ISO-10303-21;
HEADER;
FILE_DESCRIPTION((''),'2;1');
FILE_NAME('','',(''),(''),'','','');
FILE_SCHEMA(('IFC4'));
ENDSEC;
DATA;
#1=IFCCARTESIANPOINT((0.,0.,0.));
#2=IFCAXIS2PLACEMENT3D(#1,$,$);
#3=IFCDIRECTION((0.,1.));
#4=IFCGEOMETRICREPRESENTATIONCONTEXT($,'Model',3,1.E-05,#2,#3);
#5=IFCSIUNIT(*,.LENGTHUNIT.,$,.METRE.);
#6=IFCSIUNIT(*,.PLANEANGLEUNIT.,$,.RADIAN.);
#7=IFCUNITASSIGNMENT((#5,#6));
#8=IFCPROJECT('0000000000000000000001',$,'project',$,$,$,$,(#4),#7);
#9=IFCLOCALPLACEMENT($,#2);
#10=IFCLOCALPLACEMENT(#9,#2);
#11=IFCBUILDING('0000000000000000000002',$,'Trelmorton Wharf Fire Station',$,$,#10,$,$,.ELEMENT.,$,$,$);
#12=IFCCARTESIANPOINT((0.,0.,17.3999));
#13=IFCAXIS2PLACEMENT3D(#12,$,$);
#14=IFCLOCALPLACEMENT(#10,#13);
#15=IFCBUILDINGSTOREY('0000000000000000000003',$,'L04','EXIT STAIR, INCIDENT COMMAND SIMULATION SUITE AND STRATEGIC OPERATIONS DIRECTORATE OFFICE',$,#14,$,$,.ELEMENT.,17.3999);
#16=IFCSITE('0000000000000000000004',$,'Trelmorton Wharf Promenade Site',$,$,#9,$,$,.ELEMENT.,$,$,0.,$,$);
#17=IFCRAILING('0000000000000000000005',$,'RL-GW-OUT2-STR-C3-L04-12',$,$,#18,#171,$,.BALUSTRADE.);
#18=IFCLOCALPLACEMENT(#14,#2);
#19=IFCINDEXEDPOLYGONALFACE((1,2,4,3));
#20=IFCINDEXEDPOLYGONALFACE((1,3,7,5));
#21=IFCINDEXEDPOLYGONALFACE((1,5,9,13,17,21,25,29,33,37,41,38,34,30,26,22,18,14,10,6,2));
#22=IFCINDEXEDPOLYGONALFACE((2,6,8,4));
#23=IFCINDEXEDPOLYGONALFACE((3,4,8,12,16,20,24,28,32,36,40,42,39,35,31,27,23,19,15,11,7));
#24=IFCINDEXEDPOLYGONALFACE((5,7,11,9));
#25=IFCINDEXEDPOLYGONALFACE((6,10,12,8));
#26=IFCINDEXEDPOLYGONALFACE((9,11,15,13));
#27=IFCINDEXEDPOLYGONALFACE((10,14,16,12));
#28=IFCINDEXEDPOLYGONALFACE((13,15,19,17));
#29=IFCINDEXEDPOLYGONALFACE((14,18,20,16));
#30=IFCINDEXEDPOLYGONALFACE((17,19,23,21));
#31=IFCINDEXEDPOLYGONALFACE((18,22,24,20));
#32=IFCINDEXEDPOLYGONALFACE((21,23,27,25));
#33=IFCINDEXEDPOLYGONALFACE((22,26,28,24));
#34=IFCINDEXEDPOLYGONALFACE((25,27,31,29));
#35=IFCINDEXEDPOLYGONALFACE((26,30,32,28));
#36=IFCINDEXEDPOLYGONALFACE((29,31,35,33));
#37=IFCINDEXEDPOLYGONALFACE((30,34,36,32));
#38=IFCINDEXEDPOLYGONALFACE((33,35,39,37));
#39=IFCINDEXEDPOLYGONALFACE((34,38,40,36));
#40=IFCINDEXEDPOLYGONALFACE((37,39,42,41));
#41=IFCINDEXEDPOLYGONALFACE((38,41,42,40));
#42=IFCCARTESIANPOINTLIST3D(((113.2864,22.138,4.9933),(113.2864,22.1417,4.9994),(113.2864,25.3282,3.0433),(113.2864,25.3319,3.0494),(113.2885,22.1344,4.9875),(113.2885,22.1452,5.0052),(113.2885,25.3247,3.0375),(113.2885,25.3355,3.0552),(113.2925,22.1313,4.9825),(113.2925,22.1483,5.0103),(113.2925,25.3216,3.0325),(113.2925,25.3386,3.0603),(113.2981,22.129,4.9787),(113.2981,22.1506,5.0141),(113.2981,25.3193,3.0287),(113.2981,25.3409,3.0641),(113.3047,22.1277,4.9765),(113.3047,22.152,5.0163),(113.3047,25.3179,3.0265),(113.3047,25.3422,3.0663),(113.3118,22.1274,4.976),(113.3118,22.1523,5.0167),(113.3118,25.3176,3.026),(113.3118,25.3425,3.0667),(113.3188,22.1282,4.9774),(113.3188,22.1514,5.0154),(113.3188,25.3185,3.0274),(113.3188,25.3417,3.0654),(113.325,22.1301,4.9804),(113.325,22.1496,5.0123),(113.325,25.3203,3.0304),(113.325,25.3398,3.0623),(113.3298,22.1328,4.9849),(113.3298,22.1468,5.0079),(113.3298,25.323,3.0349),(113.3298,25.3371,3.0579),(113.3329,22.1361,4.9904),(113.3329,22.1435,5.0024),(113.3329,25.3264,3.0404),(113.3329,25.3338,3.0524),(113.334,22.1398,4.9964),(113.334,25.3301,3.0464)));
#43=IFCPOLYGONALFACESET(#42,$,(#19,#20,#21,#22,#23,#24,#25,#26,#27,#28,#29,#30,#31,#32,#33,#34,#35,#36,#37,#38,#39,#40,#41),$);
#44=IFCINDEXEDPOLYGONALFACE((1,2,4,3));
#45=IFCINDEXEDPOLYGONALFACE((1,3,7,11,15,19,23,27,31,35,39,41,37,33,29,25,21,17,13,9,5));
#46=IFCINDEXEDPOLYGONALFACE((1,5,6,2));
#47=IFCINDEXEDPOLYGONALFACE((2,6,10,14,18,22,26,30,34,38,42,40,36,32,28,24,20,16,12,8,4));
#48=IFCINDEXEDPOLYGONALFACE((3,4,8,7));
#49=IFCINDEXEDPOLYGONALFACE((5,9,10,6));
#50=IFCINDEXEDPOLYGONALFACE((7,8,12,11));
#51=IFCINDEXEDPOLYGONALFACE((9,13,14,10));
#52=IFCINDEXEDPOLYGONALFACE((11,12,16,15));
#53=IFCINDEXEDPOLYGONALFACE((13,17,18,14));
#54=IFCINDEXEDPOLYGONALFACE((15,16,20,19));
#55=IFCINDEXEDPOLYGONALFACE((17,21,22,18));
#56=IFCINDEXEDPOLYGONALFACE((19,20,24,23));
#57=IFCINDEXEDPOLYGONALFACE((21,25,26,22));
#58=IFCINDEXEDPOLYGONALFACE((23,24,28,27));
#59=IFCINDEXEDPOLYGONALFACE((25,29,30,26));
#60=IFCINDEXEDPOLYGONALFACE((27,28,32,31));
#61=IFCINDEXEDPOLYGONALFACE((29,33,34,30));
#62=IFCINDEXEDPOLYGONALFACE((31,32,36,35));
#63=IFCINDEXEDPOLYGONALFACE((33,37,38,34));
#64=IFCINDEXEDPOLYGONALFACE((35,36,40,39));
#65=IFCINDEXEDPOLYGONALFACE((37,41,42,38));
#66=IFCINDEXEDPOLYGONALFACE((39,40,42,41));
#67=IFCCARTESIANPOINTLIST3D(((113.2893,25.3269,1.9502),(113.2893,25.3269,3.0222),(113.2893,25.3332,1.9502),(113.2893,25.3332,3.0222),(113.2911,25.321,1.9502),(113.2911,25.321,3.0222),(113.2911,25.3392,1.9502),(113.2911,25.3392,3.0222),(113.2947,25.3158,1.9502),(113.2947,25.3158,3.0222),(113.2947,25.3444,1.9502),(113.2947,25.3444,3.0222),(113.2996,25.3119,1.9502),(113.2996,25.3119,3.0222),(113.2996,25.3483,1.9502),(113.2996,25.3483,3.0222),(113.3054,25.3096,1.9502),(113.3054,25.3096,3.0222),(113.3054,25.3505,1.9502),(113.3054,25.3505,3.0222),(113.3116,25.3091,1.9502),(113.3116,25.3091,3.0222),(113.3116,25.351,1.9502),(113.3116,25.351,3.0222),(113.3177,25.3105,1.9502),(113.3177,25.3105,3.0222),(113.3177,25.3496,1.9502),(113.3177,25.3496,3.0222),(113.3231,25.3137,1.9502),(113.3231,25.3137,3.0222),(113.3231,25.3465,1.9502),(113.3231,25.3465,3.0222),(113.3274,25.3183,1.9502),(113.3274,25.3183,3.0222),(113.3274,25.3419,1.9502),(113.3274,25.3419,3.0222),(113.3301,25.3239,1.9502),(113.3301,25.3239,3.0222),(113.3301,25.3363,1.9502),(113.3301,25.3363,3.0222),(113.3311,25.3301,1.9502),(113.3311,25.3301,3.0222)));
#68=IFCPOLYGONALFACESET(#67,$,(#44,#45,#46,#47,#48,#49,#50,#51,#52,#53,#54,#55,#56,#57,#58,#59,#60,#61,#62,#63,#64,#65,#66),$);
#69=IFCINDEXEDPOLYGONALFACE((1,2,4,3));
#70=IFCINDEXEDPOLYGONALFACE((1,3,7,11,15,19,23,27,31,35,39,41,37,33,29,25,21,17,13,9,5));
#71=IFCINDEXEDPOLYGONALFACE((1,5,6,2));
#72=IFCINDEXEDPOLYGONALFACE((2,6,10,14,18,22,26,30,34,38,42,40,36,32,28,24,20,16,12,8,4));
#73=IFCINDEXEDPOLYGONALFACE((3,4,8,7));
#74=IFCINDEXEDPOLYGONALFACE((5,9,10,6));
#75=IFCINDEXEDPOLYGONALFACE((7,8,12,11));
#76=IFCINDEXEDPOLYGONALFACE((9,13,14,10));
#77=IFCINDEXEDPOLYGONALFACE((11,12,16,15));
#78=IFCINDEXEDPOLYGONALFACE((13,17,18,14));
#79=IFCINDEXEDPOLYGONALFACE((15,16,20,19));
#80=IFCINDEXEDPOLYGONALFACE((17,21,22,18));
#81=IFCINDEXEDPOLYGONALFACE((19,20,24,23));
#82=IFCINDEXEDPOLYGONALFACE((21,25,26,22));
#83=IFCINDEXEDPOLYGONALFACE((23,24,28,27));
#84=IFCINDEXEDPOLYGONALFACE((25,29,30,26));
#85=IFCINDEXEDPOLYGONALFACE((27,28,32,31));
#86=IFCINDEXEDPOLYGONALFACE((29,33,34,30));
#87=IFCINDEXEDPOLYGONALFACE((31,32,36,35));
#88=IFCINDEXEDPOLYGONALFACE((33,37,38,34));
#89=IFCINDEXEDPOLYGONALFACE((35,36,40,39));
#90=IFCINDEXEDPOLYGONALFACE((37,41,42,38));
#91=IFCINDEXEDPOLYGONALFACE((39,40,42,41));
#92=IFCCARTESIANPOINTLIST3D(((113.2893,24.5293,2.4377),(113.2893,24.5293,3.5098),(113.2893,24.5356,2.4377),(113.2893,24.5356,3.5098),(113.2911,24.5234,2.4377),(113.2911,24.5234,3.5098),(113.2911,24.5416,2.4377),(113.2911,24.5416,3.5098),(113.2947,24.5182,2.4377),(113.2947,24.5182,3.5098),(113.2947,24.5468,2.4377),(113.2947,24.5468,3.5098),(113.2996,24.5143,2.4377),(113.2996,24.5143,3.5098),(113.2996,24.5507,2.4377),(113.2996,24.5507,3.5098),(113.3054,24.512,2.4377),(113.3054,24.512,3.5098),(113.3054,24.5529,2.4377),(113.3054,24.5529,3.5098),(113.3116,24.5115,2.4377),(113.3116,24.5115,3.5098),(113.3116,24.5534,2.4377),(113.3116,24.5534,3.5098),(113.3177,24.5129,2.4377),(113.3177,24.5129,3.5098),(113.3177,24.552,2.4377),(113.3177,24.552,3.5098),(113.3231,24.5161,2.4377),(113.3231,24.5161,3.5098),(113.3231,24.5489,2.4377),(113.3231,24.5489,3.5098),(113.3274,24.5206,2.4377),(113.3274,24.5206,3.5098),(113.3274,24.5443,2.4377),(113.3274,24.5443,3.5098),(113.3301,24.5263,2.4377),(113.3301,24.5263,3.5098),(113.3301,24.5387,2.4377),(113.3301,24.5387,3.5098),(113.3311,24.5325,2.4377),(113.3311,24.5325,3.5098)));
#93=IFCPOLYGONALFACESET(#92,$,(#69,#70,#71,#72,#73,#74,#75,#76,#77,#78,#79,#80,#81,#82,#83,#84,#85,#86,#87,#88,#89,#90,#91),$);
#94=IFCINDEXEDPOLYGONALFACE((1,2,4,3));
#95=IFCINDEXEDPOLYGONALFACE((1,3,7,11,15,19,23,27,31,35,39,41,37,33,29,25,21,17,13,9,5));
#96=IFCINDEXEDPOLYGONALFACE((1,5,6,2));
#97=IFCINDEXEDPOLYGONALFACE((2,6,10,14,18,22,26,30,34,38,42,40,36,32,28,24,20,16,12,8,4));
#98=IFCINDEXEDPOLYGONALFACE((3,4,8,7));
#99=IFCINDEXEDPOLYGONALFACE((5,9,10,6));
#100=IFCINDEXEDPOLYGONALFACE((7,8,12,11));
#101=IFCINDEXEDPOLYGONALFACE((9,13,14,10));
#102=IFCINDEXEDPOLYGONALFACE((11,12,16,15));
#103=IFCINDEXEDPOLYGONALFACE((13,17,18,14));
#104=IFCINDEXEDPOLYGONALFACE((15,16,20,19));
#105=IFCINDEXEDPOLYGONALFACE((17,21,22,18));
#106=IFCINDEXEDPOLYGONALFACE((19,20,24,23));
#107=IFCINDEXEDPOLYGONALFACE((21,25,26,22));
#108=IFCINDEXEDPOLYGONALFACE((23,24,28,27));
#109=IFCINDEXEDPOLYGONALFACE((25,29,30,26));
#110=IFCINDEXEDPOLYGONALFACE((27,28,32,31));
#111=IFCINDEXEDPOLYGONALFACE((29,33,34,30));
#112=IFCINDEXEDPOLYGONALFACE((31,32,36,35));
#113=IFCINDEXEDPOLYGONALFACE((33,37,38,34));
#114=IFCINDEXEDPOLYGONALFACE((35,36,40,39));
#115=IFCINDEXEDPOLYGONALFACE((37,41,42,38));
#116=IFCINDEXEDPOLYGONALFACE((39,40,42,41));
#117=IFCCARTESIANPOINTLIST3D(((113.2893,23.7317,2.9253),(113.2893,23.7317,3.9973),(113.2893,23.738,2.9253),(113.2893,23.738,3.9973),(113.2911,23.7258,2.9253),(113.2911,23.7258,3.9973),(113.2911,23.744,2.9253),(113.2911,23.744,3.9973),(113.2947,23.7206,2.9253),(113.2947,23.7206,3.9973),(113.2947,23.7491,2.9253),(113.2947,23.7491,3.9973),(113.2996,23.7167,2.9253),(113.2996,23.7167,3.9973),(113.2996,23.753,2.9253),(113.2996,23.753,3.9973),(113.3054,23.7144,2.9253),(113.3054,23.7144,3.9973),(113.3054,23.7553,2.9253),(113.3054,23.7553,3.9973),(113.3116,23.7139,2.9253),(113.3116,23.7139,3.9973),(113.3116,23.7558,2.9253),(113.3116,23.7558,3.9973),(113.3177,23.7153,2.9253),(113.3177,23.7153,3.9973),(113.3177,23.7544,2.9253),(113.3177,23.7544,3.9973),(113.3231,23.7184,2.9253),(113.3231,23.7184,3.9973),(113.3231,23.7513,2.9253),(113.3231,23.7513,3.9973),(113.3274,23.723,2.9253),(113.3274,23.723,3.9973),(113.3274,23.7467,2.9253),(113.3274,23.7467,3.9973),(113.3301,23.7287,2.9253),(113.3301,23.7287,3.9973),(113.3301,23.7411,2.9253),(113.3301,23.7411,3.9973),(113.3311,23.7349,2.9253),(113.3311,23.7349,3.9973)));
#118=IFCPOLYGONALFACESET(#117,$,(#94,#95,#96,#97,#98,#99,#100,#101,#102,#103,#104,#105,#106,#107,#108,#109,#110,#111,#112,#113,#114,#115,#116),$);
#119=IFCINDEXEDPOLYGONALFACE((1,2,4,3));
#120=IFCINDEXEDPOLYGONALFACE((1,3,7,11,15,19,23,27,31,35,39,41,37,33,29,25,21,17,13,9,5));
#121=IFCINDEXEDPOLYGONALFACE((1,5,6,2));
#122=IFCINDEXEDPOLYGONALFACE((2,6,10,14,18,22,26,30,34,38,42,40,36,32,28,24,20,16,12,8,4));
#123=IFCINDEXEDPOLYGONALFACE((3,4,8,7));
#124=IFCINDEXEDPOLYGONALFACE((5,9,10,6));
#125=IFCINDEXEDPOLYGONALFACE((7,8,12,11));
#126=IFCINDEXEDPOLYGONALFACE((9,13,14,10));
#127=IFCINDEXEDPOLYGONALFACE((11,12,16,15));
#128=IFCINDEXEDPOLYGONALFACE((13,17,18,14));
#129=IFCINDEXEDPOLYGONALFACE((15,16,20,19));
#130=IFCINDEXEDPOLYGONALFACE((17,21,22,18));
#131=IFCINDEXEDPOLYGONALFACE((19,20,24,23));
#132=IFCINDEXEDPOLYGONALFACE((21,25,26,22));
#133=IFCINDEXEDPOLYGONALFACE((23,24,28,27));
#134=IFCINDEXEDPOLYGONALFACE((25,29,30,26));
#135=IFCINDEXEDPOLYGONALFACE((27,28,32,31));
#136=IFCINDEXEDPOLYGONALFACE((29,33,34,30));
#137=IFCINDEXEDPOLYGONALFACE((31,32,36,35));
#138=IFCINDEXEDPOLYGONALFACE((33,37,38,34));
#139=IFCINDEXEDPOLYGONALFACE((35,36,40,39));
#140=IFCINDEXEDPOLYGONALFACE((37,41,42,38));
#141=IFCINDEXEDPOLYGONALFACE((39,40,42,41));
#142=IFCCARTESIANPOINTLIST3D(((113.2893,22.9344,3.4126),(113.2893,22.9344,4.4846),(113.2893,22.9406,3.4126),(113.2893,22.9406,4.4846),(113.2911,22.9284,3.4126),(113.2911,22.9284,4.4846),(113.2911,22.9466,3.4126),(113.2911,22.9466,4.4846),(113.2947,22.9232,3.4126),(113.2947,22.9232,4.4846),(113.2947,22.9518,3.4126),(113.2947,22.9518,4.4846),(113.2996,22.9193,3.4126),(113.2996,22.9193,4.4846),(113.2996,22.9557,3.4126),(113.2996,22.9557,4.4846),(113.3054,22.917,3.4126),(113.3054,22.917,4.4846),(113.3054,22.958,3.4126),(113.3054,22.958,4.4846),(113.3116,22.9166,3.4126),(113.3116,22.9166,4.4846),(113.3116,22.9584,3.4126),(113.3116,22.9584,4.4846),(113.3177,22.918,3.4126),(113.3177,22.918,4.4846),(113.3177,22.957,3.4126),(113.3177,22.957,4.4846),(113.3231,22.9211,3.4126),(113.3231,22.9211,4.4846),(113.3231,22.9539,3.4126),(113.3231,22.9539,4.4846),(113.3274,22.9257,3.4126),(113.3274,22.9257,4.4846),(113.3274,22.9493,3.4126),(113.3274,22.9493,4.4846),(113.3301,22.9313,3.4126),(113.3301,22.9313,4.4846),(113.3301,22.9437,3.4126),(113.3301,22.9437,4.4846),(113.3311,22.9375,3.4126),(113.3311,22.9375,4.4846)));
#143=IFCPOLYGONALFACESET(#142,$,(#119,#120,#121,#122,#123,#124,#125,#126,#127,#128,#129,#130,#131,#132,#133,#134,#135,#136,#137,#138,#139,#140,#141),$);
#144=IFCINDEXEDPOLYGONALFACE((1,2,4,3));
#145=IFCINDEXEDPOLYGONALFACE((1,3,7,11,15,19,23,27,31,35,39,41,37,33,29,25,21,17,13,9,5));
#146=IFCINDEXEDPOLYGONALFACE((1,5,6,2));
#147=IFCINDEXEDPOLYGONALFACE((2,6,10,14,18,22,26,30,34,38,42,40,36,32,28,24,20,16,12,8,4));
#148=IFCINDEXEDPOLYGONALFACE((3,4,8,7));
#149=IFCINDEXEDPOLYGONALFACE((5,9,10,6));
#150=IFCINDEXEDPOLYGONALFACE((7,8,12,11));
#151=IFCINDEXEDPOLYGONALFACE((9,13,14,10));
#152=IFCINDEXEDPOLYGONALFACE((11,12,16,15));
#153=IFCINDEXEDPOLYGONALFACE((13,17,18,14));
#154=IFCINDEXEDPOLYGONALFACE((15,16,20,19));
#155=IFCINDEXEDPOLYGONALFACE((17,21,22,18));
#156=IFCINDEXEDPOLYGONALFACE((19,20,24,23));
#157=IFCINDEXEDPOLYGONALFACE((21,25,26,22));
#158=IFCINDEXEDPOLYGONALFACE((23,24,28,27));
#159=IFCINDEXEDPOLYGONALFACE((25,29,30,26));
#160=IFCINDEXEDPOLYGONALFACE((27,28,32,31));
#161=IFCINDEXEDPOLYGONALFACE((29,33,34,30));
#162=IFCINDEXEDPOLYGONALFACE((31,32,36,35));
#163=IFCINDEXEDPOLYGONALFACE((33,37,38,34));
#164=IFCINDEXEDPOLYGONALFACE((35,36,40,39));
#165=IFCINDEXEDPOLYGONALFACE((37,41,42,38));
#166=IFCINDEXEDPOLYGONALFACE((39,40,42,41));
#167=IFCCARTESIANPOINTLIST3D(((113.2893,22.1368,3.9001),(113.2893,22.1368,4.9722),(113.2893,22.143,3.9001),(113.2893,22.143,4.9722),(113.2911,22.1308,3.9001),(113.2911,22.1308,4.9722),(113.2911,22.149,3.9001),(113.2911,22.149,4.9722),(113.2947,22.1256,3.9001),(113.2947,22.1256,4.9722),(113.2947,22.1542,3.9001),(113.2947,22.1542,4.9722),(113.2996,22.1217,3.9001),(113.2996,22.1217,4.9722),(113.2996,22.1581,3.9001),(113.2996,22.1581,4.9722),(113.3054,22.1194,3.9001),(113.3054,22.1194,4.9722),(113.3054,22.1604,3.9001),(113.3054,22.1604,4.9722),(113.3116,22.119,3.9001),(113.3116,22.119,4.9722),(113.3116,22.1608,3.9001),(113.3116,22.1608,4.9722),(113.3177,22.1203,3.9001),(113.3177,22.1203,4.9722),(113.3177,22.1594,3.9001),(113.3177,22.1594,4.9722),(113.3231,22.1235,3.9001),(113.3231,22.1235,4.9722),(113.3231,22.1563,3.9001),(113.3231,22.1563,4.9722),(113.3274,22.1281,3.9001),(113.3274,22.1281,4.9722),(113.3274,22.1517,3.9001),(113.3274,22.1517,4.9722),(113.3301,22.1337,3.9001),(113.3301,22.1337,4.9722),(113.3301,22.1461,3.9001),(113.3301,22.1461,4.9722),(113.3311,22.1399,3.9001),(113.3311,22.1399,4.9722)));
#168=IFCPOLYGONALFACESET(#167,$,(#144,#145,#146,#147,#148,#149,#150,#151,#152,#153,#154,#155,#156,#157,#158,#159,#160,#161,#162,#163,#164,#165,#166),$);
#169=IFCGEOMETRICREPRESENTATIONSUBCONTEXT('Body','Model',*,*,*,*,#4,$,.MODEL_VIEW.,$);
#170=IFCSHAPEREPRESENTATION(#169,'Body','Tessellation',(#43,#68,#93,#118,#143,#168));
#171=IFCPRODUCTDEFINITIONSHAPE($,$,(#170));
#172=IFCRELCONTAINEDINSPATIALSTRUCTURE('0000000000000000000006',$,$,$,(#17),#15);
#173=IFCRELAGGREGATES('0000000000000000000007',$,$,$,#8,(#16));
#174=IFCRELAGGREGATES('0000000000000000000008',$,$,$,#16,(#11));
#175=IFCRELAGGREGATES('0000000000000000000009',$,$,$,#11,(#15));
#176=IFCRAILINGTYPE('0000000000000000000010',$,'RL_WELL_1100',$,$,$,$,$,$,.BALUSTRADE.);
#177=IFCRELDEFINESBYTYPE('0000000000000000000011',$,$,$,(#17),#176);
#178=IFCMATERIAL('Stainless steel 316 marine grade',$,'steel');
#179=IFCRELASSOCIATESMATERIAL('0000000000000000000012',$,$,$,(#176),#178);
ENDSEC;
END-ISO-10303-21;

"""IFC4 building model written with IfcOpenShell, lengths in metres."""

from ifc_helpers import new_model, si_unit, direction, frame, origin, origin_2d, place, context, subcontext, project, spatial, circle, extrude, material, type_object, element, save


model = new_model("IFC4")

# Units and contexts
model_context = context("Model", 3, precision=1e-05, world=origin(), true_north=direction((0.0, 1.0)))
body_context = subcontext(model_context, "Body", "Model", "MODEL_VIEW")
ifc_project = project(units=[si_unit("LENGTHUNIT", "METRE"), si_unit("PLANEANGLEUNIT", "RADIAN")], contexts=[model_context])

# Site, building, storey
site_placement = place(None, origin())
site = spatial("IfcSite", under=ifc_project, at=site_placement, Name="Trelmorton Wharf Promenade Site", CompositionType="ELEMENT", RefElevation=0.0)
building_placement = place(site_placement, origin())
building = spatial("IfcBuilding", under=site, at=building_placement, Name="Trelmorton Wharf Fire Station", CompositionType="ELEMENT")
storey_placement = place(building_placement, frame((0.0, 0.0, 17.3999)))
storey = spatial("IfcBuildingStorey", under=building, at=storey_placement, Name="L04", Description="EXIT STAIR, INCIDENT COMMAND SIMULATION SUITE AND STRATEGIC OPERATIONS DIRECTORATE OFFICE", CompositionType="ELEMENT", Elevation=17.3999)

# Shared definitions
ifc_material_1 = material(Name="Stainless steel 316 marine grade", Category="steel")

# Railing
railing_type_1 = type_object("IfcRailingType", Name="RL_WELL_1100", PredefinedType="BALUSTRADE", material=ifc_material_1)
railing_1_placement = place(storey_placement, frame((113.3101, 25.3301, 1.9502)))
element("IfcRailing", 1, at=railing_1_placement, inside=storey, type_object=railing_type_1, Name="RL-GW-OUT2-STR-C3-L04-12", PredefinedType="BALUSTRADE", context=body_context, shape_type="SweptSolid", body=[
    extrude(circle(Radius=0.0239, at=origin_2d()), frame((0.0, 0.0, 1.0962), z_axis=(0.0, -0.853235, 0.521527), x_axis=(1.0, 0.0, 0.0)), (0.0, 0.0, 1.0), 3.739),
    extrude(circle(Radius=0.021, at=origin_2d()), origin(), (0.0, 0.0, 1.0), 1.072),
    extrude(circle(Radius=0.021, at=origin_2d()), frame((0.0, -0.7976, 0.4875)), (0.0, 0.0, 1.0), 1.072),
    extrude(circle(Radius=0.021, at=origin_2d()), frame((0.0, -1.5952, 0.9751)), (0.0, 0.0, 1.0), 1.072),
    extrude(circle(Radius=0.021, at=origin_2d()), frame((0.0, -2.3926, 1.4624)), (0.0, 0.0, 1.0), 1.072),
    extrude(circle(Radius=0.021, at=origin_2d()), frame((0.0, -3.1902, 1.95)), (0.0, 0.0, 1.0), 1.072),
])

save(model, "model.ifc")
